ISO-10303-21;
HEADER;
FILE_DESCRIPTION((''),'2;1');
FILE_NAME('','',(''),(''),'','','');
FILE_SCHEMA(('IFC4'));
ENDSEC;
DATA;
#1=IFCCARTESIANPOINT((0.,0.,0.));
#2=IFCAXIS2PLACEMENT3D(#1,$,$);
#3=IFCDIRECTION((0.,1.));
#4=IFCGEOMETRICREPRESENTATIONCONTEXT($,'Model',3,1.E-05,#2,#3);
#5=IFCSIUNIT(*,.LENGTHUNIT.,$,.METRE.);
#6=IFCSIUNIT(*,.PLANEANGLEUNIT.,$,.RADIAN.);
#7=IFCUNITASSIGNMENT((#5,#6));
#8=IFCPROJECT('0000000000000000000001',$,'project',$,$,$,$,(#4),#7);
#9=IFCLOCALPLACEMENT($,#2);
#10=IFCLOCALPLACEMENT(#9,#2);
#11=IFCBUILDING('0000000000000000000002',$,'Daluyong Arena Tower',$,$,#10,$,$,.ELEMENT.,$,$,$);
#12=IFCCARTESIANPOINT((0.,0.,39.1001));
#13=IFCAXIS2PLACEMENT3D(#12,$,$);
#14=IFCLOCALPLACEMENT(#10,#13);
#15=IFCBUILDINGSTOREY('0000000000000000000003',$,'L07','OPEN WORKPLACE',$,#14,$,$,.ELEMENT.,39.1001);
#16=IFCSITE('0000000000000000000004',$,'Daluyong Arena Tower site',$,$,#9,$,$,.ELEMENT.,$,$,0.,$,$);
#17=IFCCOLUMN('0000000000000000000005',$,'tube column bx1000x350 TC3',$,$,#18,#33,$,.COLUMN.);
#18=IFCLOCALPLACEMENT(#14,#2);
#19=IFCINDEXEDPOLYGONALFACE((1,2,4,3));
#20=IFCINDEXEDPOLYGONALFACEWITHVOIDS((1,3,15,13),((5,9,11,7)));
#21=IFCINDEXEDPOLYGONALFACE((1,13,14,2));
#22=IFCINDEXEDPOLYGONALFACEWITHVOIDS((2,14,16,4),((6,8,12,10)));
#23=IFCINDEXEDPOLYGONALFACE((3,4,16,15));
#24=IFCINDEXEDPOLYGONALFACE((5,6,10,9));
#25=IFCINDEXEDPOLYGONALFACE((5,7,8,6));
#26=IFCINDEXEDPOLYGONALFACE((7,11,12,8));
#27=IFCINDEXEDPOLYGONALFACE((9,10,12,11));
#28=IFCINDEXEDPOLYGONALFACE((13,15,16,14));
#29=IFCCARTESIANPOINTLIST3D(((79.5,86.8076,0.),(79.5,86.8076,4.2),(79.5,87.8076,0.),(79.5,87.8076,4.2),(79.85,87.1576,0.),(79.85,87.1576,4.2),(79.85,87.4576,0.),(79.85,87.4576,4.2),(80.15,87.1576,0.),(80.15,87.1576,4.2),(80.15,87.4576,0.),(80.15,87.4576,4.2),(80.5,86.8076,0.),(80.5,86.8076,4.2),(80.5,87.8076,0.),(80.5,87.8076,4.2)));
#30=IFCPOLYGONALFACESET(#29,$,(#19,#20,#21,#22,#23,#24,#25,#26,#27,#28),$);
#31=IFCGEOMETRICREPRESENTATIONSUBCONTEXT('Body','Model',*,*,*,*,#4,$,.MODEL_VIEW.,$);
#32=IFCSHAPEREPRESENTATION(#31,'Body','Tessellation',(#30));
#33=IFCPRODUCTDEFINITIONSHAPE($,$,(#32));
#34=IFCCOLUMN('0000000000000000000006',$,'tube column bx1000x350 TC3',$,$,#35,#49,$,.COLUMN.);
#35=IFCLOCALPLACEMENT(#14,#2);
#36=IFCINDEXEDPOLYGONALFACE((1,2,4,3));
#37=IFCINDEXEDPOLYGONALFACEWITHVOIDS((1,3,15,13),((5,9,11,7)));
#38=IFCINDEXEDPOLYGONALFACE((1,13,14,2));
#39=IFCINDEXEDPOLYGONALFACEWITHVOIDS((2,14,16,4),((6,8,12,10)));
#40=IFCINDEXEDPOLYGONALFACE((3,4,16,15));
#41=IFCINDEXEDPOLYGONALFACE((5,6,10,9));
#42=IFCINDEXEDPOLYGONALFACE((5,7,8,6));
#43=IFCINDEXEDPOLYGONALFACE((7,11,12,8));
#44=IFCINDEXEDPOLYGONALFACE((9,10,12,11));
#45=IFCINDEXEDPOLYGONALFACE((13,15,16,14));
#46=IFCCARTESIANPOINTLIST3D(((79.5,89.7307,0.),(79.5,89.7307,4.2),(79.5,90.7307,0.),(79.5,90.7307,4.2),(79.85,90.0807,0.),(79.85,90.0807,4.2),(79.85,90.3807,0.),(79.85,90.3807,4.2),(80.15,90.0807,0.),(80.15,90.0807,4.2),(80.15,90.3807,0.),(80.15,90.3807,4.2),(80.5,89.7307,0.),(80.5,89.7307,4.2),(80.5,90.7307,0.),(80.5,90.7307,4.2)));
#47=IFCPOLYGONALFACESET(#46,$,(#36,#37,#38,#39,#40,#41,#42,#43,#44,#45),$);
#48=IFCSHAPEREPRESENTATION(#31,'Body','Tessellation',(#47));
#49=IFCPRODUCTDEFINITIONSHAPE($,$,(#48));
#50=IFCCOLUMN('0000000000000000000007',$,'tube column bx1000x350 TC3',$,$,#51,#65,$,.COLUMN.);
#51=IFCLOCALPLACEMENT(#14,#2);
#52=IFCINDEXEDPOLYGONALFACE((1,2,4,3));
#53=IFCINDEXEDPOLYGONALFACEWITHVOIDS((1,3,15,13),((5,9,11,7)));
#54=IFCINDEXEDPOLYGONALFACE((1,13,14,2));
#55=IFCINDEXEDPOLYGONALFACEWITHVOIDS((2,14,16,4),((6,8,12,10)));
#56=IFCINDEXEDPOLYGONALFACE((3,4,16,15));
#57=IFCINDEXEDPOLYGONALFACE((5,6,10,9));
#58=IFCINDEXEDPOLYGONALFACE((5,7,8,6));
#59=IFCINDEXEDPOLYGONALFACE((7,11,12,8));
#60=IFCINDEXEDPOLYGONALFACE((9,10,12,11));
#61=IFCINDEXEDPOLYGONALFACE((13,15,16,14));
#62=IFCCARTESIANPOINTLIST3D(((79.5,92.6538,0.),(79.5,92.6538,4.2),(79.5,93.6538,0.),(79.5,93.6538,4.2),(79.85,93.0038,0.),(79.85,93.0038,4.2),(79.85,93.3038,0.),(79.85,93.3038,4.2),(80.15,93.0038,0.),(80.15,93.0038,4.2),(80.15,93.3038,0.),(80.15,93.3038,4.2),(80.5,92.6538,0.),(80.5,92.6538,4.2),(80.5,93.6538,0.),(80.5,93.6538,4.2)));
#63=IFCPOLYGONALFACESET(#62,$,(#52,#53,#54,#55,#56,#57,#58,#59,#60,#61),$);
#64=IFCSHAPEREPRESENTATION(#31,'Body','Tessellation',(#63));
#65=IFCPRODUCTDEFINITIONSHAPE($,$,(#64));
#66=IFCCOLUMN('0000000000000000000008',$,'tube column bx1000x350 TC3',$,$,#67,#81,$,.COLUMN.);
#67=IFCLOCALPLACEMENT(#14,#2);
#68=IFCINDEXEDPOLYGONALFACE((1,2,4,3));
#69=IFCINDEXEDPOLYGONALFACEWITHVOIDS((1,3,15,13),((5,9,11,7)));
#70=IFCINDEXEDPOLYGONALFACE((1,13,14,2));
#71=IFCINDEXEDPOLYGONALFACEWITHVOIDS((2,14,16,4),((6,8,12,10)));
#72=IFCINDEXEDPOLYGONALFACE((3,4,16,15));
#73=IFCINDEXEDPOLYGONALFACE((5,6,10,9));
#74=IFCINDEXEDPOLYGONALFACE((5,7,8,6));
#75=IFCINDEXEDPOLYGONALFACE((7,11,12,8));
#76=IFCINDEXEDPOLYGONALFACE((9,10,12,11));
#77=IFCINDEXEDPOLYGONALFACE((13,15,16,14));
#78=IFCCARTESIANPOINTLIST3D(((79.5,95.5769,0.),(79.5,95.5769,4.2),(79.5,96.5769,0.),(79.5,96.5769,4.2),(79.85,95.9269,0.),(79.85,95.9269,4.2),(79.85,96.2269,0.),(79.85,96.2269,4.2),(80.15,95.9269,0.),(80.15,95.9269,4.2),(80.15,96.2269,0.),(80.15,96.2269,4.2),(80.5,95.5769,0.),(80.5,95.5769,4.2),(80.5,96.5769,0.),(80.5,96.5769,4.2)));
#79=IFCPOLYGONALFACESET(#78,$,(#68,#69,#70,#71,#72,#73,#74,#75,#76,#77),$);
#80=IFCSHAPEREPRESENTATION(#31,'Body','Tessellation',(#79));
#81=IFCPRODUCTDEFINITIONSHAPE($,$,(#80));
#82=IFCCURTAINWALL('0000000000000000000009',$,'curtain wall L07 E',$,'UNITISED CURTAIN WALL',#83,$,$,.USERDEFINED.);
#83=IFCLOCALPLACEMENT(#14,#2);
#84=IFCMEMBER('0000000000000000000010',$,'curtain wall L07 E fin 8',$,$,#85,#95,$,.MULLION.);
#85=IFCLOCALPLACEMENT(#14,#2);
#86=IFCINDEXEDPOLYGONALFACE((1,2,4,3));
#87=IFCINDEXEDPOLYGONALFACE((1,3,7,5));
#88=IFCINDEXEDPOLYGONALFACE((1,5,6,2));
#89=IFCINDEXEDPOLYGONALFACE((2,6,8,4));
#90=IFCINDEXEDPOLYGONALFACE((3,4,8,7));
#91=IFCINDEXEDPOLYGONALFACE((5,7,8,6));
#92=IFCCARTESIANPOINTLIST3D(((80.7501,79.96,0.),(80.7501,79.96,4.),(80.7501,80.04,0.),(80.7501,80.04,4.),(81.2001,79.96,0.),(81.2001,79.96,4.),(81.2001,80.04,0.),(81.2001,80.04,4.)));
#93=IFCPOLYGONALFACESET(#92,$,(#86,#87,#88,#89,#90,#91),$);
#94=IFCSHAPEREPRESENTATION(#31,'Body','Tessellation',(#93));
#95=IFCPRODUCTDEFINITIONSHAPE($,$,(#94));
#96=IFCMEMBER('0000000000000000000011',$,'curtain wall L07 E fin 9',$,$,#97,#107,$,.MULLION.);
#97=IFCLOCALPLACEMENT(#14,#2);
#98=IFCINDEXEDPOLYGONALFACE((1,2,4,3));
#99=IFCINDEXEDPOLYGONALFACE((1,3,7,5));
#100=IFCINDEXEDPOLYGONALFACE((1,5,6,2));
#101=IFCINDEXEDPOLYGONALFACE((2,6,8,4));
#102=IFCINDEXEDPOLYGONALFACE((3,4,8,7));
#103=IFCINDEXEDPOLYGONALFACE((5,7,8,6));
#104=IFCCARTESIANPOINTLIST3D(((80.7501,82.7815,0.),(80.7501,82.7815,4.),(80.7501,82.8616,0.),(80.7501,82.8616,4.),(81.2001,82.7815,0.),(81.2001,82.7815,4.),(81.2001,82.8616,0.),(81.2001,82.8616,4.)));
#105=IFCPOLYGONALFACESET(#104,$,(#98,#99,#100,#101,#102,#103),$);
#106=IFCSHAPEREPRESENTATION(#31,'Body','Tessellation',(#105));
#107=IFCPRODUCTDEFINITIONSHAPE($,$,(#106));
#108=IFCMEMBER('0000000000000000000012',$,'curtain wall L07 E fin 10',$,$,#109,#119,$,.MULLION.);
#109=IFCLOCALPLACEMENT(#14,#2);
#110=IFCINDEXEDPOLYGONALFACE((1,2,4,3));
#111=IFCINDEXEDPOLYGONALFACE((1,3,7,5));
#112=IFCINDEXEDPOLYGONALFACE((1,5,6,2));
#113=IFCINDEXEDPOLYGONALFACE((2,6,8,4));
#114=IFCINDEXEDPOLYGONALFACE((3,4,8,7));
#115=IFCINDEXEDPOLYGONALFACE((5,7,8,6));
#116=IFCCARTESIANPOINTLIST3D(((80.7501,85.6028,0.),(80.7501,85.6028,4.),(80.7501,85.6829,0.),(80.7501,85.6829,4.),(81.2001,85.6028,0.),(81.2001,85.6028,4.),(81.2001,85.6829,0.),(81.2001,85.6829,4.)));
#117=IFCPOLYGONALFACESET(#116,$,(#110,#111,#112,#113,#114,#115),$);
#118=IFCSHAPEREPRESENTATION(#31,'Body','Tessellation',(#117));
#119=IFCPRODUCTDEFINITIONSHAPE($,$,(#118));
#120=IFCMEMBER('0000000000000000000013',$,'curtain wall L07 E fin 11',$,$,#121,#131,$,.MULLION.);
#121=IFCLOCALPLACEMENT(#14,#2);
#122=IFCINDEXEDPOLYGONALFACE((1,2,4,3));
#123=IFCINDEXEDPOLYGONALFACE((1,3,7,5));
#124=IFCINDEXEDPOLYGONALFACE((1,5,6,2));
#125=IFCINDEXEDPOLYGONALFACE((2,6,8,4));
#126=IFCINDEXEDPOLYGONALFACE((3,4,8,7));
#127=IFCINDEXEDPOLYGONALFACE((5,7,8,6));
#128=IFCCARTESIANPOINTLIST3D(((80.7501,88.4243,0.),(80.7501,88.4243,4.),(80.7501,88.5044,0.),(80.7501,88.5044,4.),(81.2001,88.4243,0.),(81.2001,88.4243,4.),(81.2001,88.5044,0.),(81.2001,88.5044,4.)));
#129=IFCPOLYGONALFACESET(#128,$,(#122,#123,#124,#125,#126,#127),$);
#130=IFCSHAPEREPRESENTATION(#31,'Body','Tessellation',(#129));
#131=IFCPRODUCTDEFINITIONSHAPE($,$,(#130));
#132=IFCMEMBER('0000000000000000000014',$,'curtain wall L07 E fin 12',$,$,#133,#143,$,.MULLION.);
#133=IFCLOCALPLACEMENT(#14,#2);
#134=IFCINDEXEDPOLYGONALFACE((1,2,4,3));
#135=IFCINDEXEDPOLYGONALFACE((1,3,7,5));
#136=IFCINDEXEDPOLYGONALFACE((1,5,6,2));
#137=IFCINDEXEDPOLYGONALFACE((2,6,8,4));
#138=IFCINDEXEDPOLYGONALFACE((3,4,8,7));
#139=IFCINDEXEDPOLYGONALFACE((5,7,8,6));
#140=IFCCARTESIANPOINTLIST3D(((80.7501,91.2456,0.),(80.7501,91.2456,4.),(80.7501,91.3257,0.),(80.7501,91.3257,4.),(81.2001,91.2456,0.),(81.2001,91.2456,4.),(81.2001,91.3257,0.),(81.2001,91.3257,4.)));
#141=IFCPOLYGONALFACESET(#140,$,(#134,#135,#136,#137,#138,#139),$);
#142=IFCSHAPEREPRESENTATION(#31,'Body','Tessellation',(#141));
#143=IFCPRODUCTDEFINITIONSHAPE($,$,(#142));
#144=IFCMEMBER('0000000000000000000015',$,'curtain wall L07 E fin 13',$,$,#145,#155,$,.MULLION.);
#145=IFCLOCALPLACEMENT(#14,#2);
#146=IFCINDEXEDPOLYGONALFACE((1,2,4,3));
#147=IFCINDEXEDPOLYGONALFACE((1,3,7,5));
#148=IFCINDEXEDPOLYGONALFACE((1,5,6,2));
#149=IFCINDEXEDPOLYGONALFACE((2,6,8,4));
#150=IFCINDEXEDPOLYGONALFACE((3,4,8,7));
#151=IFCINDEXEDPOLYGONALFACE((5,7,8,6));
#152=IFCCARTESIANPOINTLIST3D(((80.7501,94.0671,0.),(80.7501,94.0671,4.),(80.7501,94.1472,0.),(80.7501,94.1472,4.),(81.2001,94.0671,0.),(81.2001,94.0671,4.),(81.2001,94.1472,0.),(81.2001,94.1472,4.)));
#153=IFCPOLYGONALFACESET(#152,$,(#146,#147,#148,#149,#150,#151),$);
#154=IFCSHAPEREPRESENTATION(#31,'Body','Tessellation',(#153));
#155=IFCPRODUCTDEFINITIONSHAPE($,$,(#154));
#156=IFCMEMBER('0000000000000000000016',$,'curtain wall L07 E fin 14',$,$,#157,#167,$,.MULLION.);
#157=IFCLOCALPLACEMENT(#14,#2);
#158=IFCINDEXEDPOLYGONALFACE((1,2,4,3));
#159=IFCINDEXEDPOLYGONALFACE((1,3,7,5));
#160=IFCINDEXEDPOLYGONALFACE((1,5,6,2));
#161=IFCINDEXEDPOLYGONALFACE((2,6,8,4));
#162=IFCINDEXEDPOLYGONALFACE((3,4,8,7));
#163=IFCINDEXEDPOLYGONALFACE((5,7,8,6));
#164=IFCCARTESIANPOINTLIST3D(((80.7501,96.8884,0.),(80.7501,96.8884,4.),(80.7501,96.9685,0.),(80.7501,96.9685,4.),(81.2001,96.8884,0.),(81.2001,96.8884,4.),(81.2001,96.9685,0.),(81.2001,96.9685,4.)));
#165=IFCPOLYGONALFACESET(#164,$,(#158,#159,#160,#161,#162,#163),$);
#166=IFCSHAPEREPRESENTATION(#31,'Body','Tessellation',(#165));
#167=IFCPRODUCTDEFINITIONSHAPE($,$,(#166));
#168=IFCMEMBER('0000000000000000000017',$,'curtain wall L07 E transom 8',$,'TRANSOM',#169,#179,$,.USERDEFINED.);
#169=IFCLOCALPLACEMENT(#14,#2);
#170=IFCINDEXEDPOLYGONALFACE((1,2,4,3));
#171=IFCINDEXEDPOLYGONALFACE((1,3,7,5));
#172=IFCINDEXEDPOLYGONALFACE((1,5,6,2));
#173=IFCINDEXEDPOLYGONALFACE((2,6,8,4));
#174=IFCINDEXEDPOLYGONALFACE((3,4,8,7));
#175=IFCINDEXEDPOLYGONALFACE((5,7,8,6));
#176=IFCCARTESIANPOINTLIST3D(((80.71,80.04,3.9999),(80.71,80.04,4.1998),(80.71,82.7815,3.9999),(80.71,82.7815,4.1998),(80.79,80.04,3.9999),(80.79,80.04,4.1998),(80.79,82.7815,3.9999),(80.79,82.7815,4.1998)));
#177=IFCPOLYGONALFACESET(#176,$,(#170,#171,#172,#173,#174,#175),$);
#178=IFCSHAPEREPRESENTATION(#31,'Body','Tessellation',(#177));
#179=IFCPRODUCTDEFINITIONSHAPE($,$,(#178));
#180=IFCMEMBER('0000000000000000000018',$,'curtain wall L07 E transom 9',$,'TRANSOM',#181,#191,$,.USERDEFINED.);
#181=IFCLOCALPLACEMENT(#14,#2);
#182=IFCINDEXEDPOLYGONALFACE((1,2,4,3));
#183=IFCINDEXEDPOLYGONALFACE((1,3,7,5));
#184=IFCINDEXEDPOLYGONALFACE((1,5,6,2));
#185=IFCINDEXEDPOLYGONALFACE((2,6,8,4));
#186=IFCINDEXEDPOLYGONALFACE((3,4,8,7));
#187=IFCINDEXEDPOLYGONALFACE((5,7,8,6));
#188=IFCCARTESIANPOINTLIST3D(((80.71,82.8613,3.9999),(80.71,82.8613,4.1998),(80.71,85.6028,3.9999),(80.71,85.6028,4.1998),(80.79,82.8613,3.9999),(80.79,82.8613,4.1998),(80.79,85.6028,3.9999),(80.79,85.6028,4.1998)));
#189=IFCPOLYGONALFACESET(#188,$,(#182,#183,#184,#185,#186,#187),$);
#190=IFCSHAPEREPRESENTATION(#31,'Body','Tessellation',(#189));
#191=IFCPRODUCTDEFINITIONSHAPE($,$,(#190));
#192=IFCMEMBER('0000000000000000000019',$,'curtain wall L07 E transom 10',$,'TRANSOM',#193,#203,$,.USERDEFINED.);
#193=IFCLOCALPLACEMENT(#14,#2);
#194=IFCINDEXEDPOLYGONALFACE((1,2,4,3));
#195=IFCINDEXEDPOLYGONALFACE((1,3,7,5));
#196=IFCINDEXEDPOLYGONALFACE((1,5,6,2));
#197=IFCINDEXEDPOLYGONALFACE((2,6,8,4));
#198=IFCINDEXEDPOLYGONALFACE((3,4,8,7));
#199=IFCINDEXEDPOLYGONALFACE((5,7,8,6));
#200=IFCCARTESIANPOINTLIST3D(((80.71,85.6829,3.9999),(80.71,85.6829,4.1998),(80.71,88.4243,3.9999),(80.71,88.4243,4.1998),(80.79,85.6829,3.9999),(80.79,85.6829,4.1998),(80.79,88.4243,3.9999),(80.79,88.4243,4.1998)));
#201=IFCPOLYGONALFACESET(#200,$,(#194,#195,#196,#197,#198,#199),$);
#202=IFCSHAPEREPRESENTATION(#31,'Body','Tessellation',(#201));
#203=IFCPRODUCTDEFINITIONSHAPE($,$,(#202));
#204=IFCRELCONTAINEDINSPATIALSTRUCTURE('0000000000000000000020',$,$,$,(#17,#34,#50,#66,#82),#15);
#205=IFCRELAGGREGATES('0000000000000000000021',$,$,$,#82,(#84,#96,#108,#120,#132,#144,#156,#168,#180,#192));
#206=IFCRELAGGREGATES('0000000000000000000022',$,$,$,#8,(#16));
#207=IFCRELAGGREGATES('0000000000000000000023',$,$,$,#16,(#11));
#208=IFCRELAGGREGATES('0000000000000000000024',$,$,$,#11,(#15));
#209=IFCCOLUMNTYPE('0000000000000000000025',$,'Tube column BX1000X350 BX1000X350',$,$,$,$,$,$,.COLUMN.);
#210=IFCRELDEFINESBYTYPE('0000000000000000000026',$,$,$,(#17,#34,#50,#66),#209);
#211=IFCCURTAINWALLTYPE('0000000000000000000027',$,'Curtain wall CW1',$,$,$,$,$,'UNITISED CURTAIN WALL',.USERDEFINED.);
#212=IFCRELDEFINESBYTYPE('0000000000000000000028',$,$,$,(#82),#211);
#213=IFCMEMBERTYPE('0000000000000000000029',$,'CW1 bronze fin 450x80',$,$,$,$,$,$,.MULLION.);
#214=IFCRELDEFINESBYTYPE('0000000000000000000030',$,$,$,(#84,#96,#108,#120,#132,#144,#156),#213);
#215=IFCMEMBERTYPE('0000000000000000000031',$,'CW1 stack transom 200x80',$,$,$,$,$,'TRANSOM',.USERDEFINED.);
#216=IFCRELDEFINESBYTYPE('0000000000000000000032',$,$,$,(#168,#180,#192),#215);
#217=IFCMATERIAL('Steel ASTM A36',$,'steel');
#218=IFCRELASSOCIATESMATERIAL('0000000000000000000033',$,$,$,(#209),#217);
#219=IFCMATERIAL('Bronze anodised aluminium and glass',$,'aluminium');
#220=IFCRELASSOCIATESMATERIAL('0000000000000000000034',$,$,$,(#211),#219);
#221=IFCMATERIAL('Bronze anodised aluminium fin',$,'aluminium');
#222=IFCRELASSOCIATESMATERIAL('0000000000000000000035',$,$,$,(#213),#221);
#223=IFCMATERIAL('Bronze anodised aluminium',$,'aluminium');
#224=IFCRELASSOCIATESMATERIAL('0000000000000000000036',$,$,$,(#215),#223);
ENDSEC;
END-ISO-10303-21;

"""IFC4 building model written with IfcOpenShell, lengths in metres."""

from ifc_helpers import new_model, si_unit, direction, frame, origin, origin_2d, place, context, subcontext, project, spatial, rectangle, hollow_rectangle, extrude, material, material_profile, profile_set, type_object, element, aggregate, save


model = new_model("IFC4")

# Units and contexts
model_context = context("Model", 3, precision=1e-05, world=origin(), true_north=direction((0.0, 1.0)))
body_context = subcontext(model_context, "Body", "Model", "MODEL_VIEW")
ifc_project = project(units=[si_unit("LENGTHUNIT", "METRE"), si_unit("PLANEANGLEUNIT", "RADIAN")], contexts=[model_context])

# Site, building, storey
site_placement = place(None, origin())
site = spatial("IfcSite", under=ifc_project, at=site_placement, Name="Daluyong Arena Tower site", CompositionType="ELEMENT", RefElevation=0.0)
building_placement = place(site_placement, origin())
building = spatial("IfcBuilding", under=site, at=building_placement, Name="Daluyong Arena Tower", CompositionType="ELEMENT")
storey_placement = place(building_placement, frame((0.0, 0.0, 39.1001)))
storey = spatial("IfcBuildingStorey", under=building, at=storey_placement, Name="L07", Description="OPEN WORKPLACE", CompositionType="ELEMENT", Elevation=39.1001)

# Columns
ifc_material_1 = material(Name="Steel ASTM A36", Category="steel")
ifc_material_profile_1 = material_profile(ifc_material_1, hollow_rectangle(XDim=1.0, YDim=1.0, WallThickness=0.35, at=origin_2d()))
ifc_profile_set_1 = profile_set([ifc_material_profile_1], Name="Steel ASTM A36")
column_type = type_object("IfcColumnType", Name="Tube column BX1000X350 BX1000X350", PredefinedType="COLUMN", material=ifc_profile_set_1)
for number, where, z_axis, x_axis, name in (
    (1, (80.0, 87.3076, 0.0), (0.0, 0.0, 1.0), (0.0, 1.0, 0.0), "tube column bx1000x350 TC3"),
    (2, (80.0, 90.2307, 0.0), (0.0, 0.0, 1.0), (0.0, 1.0, 0.0), "tube column bx1000x350 TC3"),
    (3, (80.0, 93.1538, 0.0), (0.0, 0.0, 1.0), (0.0, 1.0, 0.0), "tube column bx1000x350 TC3"),
    (4, (80.0, 96.0769, 0.0), (0.0, 0.0, 1.0), (0.0, 1.0, 0.0), "tube column bx1000x350 TC3"),
):
    element("IfcColumn", number, at=place(storey_placement, frame(where, z_axis=z_axis, x_axis=x_axis)), inside=storey, type_object=column_type, Name=name, PredefinedType="COLUMN", context=body_context, shape_type="SweptSolid", body=[
        extrude(hollow_rectangle(XDim=1.0, YDim=1.0, WallThickness=0.35, at=origin_2d()), origin(), (0.0, 0.0, 1.0), 4.2),
    ])

# Curtain wall, members
ifc_material_2 = material(Name="Bronze anodised aluminium and glass", Category="aluminium")
curtain_wall_type = type_object("IfcCurtainWallType", Name="Curtain wall CW1", ElementType="UNITISED CURTAIN WALL", PredefinedType="USERDEFINED", material=ifc_material_2)
curtain_wall_placement = place(storey_placement, origin())
curtain_wall = element("IfcCurtainWall", 5, at=curtain_wall_placement, inside=storey, type_object=curtain_wall_type, Name="curtain wall L07 E", ObjectType="UNITISED CURTAIN WALL", PredefinedType="USERDEFINED")
ifc_material_3 = material(Name="Bronze anodised aluminium fin", Category="aluminium")
ifc_material_profile_2 = material_profile(ifc_material_3, rectangle(XDim=0.45, YDim=0.0801, at=origin_2d()))
ifc_profile_set_2 = profile_set([ifc_material_profile_2], Name="Bronze anodised aluminium fin")
member_type_1 = type_object("IfcMemberType", Name="CW1 bronze fin 450x80", PredefinedType="MULLION", material=ifc_profile_set_2)
member_1_placement = place(storey_placement, frame((80.9751, 80.0, 0.0), z_axis=(0.0, 0.0, 1.0), x_axis=(-1.0, 0.0, 0.0)))
member_1 = element("IfcMember", 6, at=member_1_placement, type_object=member_type_1, Name="curtain wall L07 E fin 8", PredefinedType="MULLION", context=body_context, shape_type="SweptSolid", body=[
    extrude(rectangle(XDim=0.45, YDim=0.0801, at=origin_2d()), origin(), (0.0, 0.0, 1.0), 4.0),
])
member_2_placement = place(storey_placement, frame((80.9751, 82.8215, 0.0), z_axis=(0.0, 0.0, 1.0), x_axis=(-1.0, 0.0, 0.0)))
member_2 = element("IfcMember", 7, at=member_2_placement, type_object=member_type_1, Name="curtain wall L07 E fin 9", PredefinedType="MULLION", context=body_context, shape_type="SweptSolid", body=[
    extrude(rectangle(XDim=0.45, YDim=0.0801, at=origin_2d()), origin(), (0.0, 0.0, 1.0), 4.0),
])
member_3_placement = place(storey_placement, frame((80.9751, 85.6428, 0.0), z_axis=(0.0, 0.0, 1.0), x_axis=(-1.0, 0.0, 0.0)))
member_3 = element("IfcMember", 8, at=member_3_placement, type_object=member_type_1, Name="curtain wall L07 E fin 10", PredefinedType="MULLION", context=body_context, shape_type="SweptSolid", body=[
    extrude(rectangle(XDim=0.45, YDim=0.0801, at=origin_2d()), origin(), (0.0, 0.0, 1.0), 4.0),
])
member_4_placement = place(storey_placement, frame((80.9751, 88.4644, 0.0), z_axis=(0.0, 0.0, 1.0), x_axis=(-1.0, 0.0, 0.0)))
member_4 = element("IfcMember", 9, at=member_4_placement, type_object=member_type_1, Name="curtain wall L07 E fin 11", PredefinedType="MULLION", context=body_context, shape_type="SweptSolid", body=[
    extrude(rectangle(XDim=0.45, YDim=0.0801, at=origin_2d()), origin(), (0.0, 0.0, 1.0), 4.0),
])
member_5_placement = place(storey_placement, frame((80.9751, 91.2856, 0.0), z_axis=(0.0, 0.0, 1.0), x_axis=(-1.0, 0.0, 0.0)))
member_5 = element("IfcMember", 10, at=member_5_placement, type_object=member_type_1, Name="curtain wall L07 E fin 12", PredefinedType="MULLION", context=body_context, shape_type="SweptSolid", body=[
    extrude(rectangle(XDim=0.45, YDim=0.0801, at=origin_2d()), origin(), (0.0, 0.0, 1.0), 4.0),
])
member_6_placement = place(storey_placement, frame((80.9751, 94.1072, 0.0), z_axis=(0.0, 0.0, 1.0), x_axis=(-1.0, 0.0, 0.0)))
member_6 = element("IfcMember", 11, at=member_6_placement, type_object=member_type_1, Name="curtain wall L07 E fin 13", PredefinedType="MULLION", context=body_context, shape_type="SweptSolid", body=[
    extrude(rectangle(XDim=0.45, YDim=0.0801, at=origin_2d()), origin(), (0.0, 0.0, 1.0), 4.0),
])
member_7_placement = place(storey_placement, frame((80.9751, 96.9285, 0.0), z_axis=(0.0, 0.0, 1.0), x_axis=(-1.0, 0.0, 0.0)))
member_7 = element("IfcMember", 12, at=member_7_placement, type_object=member_type_1, Name="curtain wall L07 E fin 14", PredefinedType="MULLION", context=body_context, shape_type="SweptSolid", body=[
    extrude(rectangle(XDim=0.45, YDim=0.0801, at=origin_2d()), origin(), (0.0, 0.0, 1.0), 4.0),
])
ifc_material_4 = material(Name="Bronze anodised aluminium", Category="aluminium")
ifc_material_profile_3 = material_profile(ifc_material_4, rectangle(XDim=0.0801, YDim=0.2, at=origin_2d()))
ifc_profile_set_3 = profile_set([ifc_material_profile_3], Name="Bronze anodised aluminium")
member_type_2 = type_object("IfcMemberType", Name="CW1 stack transom 200x80", ElementType="TRANSOM", PredefinedType="USERDEFINED", material=ifc_profile_set_3)
member_8_placement = place(storey_placement, frame((80.75, 80.04, 4.0999), z_axis=(0.0, 1.0, 0.0), x_axis=(-1.0, 0.0, 0.0)))
member_8 = element("IfcMember", 13, at=member_8_placement, type_object=member_type_2, Name="curtain wall L07 E transom 8", ObjectType="TRANSOM", PredefinedType="USERDEFINED", context=body_context, shape_type="SweptSolid", body=[
    extrude(rectangle(XDim=0.0801, YDim=0.2, at=origin_2d()), origin(), (0.0, 0.0, 1.0), 2.7415),
])
member_9_placement = place(storey_placement, frame((80.75, 82.8613, 4.0999), z_axis=(0.0, 1.0, 0.0), x_axis=(-1.0, 0.0, 0.0)))
member_9 = element("IfcMember", 14, at=member_9_placement, type_object=member_type_2, Name="curtain wall L07 E transom 9", ObjectType="TRANSOM", PredefinedType="USERDEFINED", context=body_context, shape_type="SweptSolid", body=[
    extrude(rectangle(XDim=0.0801, YDim=0.2, at=origin_2d()), origin(), (0.0, 0.0, 1.0), 2.7415),
])
member_10_placement = place(storey_placement, frame((80.75, 85.6829, 4.0999), z_axis=(0.0, 1.0, 0.0), x_axis=(-1.0, 0.0, 0.0)))
member_10 = element("IfcMember", 15, at=member_10_placement, type_object=member_type_2, Name="curtain wall L07 E transom 10", ObjectType="TRANSOM", PredefinedType="USERDEFINED", context=body_context, shape_type="SweptSolid", body=[
    extrude(rectangle(XDim=0.0801, YDim=0.2, at=origin_2d()), origin(), (0.0, 0.0, 1.0), 2.7415),
])

aggregate(curtain_wall, [member_1, member_2, member_3, member_4, member_5, member_6, member_7, member_8, member_9, member_10])

save(model, "model.ifc")
